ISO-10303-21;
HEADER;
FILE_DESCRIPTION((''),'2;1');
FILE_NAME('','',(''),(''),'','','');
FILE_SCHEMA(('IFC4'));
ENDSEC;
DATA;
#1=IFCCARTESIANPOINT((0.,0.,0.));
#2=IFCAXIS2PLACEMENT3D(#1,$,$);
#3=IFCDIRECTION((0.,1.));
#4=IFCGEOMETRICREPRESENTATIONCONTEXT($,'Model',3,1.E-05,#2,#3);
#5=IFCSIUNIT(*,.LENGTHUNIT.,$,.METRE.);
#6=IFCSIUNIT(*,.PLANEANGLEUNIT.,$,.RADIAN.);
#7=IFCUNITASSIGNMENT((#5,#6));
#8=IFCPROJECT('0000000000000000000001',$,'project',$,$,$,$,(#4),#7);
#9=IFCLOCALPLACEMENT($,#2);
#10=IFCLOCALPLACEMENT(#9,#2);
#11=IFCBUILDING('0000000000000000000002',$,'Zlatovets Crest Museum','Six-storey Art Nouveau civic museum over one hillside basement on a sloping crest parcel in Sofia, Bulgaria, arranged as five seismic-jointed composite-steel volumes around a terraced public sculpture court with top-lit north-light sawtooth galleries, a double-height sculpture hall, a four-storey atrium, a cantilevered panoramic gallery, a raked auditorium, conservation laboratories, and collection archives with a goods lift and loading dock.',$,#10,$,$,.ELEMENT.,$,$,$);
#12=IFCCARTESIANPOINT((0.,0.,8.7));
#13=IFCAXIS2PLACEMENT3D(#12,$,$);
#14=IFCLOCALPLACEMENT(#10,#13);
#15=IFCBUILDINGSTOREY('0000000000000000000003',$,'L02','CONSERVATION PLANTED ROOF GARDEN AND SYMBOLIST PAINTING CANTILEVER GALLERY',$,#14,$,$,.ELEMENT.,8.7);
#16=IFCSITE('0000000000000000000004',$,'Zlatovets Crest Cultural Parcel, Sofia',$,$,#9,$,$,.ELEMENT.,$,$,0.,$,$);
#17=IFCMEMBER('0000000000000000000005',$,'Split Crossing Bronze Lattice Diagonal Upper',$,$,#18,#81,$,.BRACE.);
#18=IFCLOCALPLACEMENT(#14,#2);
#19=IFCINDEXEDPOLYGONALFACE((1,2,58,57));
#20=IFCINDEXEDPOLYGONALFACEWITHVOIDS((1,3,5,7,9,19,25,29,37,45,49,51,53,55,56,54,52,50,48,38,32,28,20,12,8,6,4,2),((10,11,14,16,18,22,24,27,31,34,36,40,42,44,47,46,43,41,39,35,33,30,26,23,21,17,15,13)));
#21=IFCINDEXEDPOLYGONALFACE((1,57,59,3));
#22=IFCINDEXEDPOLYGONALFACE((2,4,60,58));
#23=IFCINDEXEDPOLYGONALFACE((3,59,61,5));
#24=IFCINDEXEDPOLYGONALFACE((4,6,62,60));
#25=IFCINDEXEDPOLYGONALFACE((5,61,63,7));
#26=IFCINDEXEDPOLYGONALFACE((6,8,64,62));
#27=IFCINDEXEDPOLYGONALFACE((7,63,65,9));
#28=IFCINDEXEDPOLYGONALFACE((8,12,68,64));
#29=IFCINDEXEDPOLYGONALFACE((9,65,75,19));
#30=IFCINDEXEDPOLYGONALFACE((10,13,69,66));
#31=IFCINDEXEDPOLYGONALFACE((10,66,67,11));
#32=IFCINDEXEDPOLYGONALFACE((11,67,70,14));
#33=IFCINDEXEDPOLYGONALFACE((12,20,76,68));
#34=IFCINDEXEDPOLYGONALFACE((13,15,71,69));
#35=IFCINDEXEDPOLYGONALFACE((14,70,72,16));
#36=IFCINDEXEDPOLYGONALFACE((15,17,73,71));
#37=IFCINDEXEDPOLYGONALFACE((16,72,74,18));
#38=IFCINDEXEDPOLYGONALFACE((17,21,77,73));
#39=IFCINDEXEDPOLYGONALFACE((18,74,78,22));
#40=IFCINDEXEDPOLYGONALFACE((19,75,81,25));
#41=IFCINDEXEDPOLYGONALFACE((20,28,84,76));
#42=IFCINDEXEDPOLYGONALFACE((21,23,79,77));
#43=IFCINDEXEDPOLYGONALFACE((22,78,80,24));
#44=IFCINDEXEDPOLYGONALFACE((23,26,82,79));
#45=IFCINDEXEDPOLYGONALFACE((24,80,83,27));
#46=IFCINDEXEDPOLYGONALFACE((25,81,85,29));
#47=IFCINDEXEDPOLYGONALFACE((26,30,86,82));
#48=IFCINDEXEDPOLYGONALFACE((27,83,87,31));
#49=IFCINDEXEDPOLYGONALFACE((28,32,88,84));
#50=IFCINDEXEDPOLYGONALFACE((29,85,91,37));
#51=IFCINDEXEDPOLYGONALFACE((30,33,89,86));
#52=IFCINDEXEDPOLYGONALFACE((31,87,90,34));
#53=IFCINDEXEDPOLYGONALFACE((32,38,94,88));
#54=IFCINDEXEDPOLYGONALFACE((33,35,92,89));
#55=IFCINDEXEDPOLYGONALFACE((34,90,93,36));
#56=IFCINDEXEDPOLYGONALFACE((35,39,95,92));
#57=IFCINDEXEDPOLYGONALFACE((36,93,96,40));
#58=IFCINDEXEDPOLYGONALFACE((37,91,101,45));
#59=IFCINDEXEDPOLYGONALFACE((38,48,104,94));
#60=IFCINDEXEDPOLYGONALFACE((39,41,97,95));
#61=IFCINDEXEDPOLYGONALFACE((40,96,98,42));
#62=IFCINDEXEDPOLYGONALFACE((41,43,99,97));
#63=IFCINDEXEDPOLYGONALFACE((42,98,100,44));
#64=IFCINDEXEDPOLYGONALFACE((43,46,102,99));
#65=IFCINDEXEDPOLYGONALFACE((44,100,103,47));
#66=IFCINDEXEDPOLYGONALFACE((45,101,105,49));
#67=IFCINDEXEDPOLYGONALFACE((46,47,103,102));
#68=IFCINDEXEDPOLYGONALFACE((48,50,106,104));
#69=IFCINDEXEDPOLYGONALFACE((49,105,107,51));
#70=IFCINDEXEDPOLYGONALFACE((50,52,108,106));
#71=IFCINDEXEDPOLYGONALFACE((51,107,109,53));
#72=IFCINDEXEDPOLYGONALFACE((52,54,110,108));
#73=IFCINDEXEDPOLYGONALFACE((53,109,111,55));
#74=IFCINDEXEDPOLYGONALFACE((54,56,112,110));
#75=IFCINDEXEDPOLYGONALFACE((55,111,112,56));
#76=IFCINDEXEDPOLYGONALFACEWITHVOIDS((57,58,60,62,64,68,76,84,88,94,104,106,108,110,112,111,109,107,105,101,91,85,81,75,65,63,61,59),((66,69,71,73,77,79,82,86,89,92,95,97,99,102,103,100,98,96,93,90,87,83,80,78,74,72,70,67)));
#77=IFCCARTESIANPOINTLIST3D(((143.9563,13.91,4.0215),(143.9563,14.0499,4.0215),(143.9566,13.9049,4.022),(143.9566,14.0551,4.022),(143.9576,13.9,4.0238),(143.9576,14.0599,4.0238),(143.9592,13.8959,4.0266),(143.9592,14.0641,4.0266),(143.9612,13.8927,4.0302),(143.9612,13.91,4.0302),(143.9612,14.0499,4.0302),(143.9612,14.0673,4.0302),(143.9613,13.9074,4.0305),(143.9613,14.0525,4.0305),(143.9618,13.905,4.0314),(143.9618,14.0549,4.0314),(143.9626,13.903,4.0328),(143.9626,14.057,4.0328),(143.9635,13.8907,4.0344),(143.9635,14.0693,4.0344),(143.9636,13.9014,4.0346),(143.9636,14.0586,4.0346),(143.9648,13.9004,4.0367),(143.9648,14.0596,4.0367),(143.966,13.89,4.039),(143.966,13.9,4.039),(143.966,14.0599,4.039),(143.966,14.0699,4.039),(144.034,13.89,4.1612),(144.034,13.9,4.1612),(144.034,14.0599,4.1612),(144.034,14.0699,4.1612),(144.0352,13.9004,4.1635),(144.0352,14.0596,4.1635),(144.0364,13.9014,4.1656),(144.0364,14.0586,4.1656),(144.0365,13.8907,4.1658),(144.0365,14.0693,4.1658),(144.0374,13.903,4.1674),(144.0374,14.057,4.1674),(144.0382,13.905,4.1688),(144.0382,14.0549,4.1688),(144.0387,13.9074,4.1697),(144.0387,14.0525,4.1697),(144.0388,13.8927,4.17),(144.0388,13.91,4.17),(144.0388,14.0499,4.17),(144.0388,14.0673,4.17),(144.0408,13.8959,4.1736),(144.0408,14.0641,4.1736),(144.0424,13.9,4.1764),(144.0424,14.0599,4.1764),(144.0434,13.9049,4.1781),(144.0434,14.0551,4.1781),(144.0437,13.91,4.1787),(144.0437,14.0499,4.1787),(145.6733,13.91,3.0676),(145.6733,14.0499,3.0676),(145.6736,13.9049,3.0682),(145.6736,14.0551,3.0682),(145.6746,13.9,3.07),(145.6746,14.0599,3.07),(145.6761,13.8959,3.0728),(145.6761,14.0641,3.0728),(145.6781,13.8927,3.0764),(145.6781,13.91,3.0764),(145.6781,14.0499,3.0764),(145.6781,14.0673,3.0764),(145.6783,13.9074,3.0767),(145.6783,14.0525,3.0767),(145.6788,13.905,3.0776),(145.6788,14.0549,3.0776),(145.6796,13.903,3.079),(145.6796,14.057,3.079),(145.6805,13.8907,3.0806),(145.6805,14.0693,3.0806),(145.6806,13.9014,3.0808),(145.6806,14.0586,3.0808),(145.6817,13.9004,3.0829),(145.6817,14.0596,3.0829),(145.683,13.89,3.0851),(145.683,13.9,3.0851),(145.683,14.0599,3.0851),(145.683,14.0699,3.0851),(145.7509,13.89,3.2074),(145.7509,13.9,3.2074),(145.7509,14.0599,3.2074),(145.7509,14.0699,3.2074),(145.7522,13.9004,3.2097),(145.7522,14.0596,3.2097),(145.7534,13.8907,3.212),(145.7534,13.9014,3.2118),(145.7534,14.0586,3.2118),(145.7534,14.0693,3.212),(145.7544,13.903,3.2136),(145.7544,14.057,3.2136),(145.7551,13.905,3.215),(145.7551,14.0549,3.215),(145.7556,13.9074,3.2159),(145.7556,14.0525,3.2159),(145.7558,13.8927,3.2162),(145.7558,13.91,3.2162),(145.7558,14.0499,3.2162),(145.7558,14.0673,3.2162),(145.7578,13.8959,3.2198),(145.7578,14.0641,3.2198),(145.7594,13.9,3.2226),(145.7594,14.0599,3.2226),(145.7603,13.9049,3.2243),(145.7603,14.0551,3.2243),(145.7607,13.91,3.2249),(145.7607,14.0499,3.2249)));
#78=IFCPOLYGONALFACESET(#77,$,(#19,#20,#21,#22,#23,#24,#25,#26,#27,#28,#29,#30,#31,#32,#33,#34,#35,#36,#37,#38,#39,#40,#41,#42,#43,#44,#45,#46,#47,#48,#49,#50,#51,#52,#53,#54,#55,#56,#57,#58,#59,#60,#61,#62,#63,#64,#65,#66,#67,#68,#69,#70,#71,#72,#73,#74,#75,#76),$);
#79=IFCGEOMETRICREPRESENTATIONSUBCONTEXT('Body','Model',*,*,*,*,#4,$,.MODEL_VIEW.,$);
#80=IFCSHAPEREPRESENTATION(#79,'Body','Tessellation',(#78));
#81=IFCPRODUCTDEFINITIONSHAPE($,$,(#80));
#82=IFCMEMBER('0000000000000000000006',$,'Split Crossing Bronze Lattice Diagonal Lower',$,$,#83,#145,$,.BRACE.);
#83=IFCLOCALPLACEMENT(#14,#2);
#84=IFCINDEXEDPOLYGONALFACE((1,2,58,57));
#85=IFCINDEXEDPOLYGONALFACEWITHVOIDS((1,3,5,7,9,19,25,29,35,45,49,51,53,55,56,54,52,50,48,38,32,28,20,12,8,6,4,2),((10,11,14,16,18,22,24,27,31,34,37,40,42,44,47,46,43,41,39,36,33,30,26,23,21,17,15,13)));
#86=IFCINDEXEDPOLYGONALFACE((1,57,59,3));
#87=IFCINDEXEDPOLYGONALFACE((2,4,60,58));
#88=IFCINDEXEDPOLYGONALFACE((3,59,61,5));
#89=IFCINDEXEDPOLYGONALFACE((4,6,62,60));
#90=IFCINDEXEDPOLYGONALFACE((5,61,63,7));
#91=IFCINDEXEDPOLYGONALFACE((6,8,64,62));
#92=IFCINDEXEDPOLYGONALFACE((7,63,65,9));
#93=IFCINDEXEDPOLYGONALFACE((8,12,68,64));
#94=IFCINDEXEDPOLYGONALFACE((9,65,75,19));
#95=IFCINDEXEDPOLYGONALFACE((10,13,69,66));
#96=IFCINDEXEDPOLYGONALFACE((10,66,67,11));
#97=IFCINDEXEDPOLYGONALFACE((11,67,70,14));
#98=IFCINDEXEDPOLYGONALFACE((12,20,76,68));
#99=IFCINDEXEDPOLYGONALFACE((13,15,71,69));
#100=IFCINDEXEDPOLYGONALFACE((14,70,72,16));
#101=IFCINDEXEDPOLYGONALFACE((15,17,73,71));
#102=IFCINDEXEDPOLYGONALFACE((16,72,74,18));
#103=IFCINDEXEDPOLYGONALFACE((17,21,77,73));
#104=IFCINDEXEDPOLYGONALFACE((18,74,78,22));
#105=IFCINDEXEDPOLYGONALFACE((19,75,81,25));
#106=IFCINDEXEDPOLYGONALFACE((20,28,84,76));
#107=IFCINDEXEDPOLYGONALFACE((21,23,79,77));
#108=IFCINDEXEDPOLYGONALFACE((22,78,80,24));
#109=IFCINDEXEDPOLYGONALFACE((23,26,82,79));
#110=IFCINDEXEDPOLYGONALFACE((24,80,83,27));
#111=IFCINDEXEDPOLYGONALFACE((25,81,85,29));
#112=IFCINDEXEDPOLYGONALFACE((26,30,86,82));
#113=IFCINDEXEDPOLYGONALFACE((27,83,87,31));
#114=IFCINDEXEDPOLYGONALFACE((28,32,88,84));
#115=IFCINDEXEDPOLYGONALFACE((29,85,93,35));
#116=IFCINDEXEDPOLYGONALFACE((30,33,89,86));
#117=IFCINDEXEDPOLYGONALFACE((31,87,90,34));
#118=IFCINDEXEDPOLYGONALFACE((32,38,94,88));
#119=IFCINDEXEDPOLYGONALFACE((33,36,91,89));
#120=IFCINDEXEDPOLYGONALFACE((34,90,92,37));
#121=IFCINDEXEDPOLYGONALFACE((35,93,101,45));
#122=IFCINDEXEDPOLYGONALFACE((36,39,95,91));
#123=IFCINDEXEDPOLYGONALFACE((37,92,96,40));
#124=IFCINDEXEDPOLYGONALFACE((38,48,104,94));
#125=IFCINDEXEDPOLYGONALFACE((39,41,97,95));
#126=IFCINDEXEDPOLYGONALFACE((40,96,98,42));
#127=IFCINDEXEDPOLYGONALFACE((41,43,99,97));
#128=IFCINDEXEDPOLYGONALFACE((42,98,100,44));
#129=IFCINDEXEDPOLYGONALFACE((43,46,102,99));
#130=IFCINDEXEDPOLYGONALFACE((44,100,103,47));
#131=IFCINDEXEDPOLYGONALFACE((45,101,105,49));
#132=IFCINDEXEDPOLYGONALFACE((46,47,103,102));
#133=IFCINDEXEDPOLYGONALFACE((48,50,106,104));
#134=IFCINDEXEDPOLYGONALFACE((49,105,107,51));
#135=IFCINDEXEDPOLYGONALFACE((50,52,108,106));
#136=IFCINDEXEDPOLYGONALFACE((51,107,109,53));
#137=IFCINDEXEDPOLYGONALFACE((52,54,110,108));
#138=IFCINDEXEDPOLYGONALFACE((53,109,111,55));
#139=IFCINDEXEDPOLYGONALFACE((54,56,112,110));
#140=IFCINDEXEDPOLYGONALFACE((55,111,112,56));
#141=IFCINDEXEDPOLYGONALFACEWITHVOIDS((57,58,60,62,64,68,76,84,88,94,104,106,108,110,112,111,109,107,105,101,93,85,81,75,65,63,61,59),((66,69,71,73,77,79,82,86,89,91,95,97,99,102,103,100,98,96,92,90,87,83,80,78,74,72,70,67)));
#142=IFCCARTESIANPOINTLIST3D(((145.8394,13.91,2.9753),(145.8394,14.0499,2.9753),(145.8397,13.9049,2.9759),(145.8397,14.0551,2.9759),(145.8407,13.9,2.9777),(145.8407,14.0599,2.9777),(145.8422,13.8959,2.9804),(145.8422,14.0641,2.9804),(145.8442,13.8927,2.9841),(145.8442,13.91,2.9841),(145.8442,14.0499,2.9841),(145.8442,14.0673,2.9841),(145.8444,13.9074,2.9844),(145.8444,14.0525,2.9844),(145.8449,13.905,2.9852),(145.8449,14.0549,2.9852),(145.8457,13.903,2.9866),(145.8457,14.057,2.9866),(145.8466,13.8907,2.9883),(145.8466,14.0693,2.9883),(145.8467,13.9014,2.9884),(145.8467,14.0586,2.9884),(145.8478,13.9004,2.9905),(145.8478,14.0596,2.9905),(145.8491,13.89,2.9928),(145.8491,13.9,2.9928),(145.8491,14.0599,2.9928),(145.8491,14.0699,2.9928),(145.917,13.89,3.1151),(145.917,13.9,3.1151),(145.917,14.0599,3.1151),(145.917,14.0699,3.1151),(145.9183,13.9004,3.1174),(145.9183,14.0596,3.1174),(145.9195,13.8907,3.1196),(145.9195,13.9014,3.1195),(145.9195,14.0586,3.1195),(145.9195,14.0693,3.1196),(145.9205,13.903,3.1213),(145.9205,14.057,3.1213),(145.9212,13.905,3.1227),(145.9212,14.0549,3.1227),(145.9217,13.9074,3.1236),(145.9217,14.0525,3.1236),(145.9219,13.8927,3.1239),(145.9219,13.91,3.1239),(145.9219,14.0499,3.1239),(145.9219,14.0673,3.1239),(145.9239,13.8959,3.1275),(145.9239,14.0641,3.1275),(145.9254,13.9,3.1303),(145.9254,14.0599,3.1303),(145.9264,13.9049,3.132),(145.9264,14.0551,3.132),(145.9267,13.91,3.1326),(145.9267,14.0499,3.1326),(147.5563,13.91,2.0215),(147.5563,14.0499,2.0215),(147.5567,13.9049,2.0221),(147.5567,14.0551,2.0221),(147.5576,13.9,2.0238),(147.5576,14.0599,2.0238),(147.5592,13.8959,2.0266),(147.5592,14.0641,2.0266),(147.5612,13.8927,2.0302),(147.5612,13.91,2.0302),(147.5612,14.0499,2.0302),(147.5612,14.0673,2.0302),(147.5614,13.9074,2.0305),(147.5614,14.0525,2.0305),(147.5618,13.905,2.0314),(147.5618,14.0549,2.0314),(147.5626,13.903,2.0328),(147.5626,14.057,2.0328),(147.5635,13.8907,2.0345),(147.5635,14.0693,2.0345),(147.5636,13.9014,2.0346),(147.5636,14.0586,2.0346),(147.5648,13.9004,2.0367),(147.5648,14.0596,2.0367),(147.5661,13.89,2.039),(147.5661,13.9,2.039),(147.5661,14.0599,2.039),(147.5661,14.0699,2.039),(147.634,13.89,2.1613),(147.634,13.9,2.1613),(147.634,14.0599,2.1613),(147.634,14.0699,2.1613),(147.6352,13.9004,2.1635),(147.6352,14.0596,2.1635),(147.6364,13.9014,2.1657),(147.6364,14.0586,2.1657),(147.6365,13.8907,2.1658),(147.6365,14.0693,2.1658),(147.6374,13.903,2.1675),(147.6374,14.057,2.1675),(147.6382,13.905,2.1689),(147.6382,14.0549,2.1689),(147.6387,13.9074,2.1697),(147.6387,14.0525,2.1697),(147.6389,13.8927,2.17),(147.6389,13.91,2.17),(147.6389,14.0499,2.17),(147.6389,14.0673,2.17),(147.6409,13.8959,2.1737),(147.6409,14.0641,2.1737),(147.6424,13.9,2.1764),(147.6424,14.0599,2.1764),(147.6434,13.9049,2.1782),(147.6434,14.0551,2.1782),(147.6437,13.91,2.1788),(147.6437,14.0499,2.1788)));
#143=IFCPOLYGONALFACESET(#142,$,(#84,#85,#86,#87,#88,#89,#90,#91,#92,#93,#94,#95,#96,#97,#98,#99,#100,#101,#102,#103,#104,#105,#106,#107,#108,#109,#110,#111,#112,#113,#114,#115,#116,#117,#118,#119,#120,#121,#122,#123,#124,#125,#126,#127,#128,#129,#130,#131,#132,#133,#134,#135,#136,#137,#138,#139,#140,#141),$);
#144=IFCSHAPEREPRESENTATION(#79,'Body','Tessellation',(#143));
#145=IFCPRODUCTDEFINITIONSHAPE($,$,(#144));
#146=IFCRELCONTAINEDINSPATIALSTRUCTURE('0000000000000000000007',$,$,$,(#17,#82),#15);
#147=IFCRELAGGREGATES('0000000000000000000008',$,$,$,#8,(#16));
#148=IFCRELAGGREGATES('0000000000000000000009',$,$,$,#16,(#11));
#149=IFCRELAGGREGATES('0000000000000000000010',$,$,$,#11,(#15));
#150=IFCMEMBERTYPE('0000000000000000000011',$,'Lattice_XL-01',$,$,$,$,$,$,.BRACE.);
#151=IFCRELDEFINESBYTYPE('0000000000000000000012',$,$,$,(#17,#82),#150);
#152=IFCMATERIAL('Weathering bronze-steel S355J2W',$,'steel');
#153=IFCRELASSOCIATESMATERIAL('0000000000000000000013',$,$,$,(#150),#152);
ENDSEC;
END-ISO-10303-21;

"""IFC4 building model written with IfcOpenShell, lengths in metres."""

from ifc_helpers import new_model, si_unit, direction, frame, origin, origin_2d, place, context, subcontext, project, spatial, hollow_rectangle, extrude, material, material_profile, profile_set, type_object, element, save


model = new_model("IFC4")

# Units and contexts
model_context = context("Model", 3, precision=1e-05, world=origin(), true_north=direction((0.0, 1.0)))
body_context = subcontext(model_context, "Body", "Model", "MODEL_VIEW")
ifc_project = project(units=[si_unit("LENGTHUNIT", "METRE"), si_unit("PLANEANGLEUNIT", "RADIAN")], contexts=[model_context])

# Site, building, storey
site_placement = place(None, origin())
site = spatial("IfcSite", under=ifc_project, at=site_placement, Name="Zlatovets Crest Cultural Parcel, Sofia", CompositionType="ELEMENT", RefElevation=0.0)
building_placement = place(site_placement, origin())
building = spatial("IfcBuilding", under=site, at=building_placement, Name="Zlatovets Crest Museum", Description="Six-storey Art Nouveau civic museum over one hillside basement on a sloping crest parcel in Sofia, Bulgaria, arranged as five seismic-jointed composite-steel volumes around a terraced public sculpture court with top-lit north-light sawtooth galleries, a double-height sculpture hall, a four-storey atrium, a cantilevered panoramic gallery, a raked auditorium, conservation laboratories, and collection archives with a goods lift and loading dock.", CompositionType="ELEMENT")
storey_placement = place(building_placement, frame((0.0, 0.0, 8.7)))
storey = spatial("IfcBuildingStorey", under=building, at=storey_placement, Name="L02", Description="CONSERVATION PLANTED ROOF GARDEN AND SYMBOLIST PAINTING CANTILEVER GALLERY", CompositionType="ELEMENT", Elevation=8.7)

# Members
ifc_material_1 = material(Name="Weathering bronze-steel S355J2W", Category="steel")
ifc_material_profile_1 = material_profile(ifc_material_1, hollow_rectangle(XDim=0.1799, YDim=0.1799, WallThickness=0.01, InnerFilletRadius=0.01, OuterFilletRadius=0.02, at=origin_2d()), Name="SHS 180x180x10.0")
ifc_profile_set_1 = profile_set([ifc_material_profile_1], Name="Weathering bronze-steel S355J2W")
member_type_1 = type_object("IfcMemberType", Name="Lattice_XL-01", PredefinedType="BRACE", material=ifc_profile_set_1)
for number, where, z_axis, x_axis, name in (
    (1, (144.0, 13.98, 4.1001), (0.874169, 0.0, -0.485622), (0.0, 1.0, 0.0), "Split Crossing Bronze Lattice Diagonal Upper"),
    (2, (145.8831, 13.98, 3.054), (0.874169, 0.0, -0.485622), (0.0, 1.0, 0.0), "Split Crossing Bronze Lattice Diagonal Lower"),
):
    element("IfcMember", number, at=place(storey_placement, frame(where, z_axis=z_axis, x_axis=x_axis)), inside=storey, type_object=member_type_1, Name=name, PredefinedType="BRACE", context=body_context, shape_type="SweptSolid", body=[
        extrude(hollow_rectangle(XDim=0.1799, YDim=0.1799, WallThickness=0.01, InnerFilletRadius=0.01, OuterFilletRadius=0.02, at=origin_2d()), origin(), (0.0, 0.0, 1.0), 1.9641),
    ])

save(model, "model.ifc")
